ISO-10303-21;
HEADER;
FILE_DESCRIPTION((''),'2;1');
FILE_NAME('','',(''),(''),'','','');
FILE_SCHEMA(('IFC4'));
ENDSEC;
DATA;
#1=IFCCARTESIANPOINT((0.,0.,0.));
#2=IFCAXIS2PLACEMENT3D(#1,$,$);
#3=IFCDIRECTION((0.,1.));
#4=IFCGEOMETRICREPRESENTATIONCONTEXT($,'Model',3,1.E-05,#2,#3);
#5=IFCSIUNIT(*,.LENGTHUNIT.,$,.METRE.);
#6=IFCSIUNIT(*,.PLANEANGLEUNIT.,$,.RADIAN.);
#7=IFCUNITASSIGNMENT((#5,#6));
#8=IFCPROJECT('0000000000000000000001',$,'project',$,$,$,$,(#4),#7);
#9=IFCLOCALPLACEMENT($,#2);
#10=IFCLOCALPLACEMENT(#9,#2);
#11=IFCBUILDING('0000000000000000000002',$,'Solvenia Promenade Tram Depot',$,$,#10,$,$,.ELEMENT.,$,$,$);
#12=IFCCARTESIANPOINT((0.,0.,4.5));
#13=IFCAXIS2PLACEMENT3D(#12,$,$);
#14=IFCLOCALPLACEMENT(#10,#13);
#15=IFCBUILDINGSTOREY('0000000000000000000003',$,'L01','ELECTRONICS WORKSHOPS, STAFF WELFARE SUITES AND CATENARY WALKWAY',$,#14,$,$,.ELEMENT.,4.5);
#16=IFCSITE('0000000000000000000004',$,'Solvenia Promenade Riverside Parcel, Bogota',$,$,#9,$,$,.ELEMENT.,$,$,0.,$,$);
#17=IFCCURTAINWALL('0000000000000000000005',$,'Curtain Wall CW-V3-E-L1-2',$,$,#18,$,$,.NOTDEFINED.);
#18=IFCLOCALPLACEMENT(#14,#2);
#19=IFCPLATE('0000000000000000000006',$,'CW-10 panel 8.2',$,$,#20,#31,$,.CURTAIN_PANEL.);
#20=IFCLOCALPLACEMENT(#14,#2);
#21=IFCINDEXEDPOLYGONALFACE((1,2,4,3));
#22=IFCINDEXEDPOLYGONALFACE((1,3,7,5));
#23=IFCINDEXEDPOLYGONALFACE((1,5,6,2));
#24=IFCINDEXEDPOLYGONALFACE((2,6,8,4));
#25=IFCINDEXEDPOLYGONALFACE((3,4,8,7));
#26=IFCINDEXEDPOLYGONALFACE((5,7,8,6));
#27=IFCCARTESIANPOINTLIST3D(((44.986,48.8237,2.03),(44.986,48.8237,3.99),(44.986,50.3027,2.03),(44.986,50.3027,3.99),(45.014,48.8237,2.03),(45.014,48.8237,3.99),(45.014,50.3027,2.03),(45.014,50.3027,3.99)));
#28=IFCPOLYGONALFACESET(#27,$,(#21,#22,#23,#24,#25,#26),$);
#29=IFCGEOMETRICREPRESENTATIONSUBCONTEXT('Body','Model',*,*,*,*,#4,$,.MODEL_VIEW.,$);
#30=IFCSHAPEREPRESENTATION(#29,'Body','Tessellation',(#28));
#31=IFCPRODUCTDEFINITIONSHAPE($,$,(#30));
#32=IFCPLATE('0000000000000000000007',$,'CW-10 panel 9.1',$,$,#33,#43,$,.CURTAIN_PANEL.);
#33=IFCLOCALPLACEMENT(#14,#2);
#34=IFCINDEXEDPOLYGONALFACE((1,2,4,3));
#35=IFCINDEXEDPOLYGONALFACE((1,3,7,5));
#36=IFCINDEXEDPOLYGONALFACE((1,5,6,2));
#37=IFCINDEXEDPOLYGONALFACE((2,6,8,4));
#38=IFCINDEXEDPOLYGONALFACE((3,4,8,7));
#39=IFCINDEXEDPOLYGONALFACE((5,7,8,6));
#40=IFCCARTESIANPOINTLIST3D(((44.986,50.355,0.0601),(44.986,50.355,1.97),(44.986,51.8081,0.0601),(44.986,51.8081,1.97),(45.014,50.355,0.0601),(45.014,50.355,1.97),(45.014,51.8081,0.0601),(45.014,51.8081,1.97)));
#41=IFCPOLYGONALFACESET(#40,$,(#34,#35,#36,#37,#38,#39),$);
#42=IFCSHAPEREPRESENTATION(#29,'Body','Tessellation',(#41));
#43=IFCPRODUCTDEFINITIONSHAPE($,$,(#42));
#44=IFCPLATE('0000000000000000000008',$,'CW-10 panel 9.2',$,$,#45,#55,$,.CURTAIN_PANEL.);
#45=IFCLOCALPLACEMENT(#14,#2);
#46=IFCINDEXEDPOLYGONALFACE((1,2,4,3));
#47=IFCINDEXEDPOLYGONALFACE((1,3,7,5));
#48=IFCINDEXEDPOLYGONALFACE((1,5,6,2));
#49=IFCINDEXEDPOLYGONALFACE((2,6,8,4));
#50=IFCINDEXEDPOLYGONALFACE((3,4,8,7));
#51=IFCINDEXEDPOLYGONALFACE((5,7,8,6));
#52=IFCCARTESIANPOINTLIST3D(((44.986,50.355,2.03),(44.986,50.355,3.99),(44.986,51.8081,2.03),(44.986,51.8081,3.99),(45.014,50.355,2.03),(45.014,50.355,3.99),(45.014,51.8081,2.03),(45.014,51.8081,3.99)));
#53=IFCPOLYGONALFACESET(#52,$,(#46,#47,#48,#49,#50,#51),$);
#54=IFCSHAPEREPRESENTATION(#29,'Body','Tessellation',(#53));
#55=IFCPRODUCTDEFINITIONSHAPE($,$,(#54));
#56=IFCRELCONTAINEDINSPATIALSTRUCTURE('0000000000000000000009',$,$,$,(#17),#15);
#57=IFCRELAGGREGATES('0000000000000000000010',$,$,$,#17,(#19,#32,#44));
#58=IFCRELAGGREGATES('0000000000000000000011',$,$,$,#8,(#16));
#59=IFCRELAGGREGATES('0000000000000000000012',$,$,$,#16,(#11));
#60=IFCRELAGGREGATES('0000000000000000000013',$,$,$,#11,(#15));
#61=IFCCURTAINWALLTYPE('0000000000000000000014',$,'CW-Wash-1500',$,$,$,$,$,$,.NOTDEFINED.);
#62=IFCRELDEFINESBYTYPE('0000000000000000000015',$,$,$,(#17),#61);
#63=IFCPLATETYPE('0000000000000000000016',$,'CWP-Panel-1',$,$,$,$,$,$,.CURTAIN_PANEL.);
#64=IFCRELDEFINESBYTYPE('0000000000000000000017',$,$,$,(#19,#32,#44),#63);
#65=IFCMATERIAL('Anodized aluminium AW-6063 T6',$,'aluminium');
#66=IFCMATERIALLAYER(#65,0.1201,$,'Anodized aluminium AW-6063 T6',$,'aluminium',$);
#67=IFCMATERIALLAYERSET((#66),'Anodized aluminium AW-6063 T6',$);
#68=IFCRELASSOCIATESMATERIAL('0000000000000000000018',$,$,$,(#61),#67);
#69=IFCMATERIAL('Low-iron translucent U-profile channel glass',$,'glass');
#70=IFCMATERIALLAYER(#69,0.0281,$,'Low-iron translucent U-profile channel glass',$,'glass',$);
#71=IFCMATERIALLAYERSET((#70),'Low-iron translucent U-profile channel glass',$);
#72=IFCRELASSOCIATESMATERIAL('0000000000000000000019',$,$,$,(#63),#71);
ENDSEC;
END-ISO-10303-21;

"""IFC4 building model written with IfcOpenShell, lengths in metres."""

from ifc_helpers import new_model, si_unit, direction, frame, origin, origin_2d, place, context, subcontext, project, spatial, rectangle, extrude, material, layer, layer_set, type_object, element, aggregate, save


model = new_model("IFC4")

# Units and contexts
model_context = context("Model", 3, precision=1e-05, world=origin(), true_north=direction((0.0, 1.0)))
body_context = subcontext(model_context, "Body", "Model", "MODEL_VIEW")
ifc_project = project(units=[si_unit("LENGTHUNIT", "METRE"), si_unit("PLANEANGLEUNIT", "RADIAN")], contexts=[model_context])

# Site, building, storey
site_placement = place(None, origin())
site = spatial("IfcSite", under=ifc_project, at=site_placement, Name="Solvenia Promenade Riverside Parcel, Bogota", CompositionType="ELEMENT", RefElevation=0.0)
building_placement = place(site_placement, origin())
building = spatial("IfcBuilding", under=site, at=building_placement, Name="Solvenia Promenade Tram Depot", CompositionType="ELEMENT")
storey_placement = place(building_placement, frame((0.0, 0.0, 4.5)))
storey = spatial("IfcBuildingStorey", under=building, at=storey_placement, Name="L01", Description="ELECTRONICS WORKSHOPS, STAFF WELFARE SUITES AND CATENARY WALKWAY", CompositionType="ELEMENT", Elevation=4.5)

# Curtain wall
ifc_material_1 = material(Name="Anodized aluminium AW-6063 T6", Category="aluminium")
ifc_layer_1 = layer(ifc_material_1, 0.1201, Name="Anodized aluminium AW-6063 T6", Category="aluminium")
ifc_layer_set_1 = layer_set([ifc_layer_1], Name="Anodized aluminium AW-6063 T6")
curtain_wall_type = type_object("IfcCurtainWallType", Name="CW-Wash-1500", PredefinedType="NOTDEFINED", material=ifc_layer_set_1)
curtain_wall_placement = place(storey_placement, origin())
curtain_wall = element("IfcCurtainWall", 1, at=curtain_wall_placement, inside=storey, type_object=curtain_wall_type, Name="Curtain Wall CW-V3-E-L1-2", PredefinedType="NOTDEFINED")

# Plates
ifc_material_2 = material(Name="Low-iron translucent U-profile channel glass", Category="glass")
ifc_layer_2 = layer(ifc_material_2, 0.0281, Name="Low-iron translucent U-profile channel glass", Category="glass")
ifc_layer_set_2 = layer_set([ifc_layer_2], Name="Low-iron translucent U-profile channel glass")
plate_type = type_object("IfcPlateType", Name="CWP-Panel-1", PredefinedType="CURTAIN_PANEL", material=ifc_layer_set_2)
plate_1_placement = place(storey_placement, frame((45.0, 49.5632, 2.03), z_axis=(0.0, 0.0, 1.0), x_axis=(0.0, 1.0, 0.0)))
plate_1 = element("IfcPlate", 2, at=plate_1_placement, type_object=plate_type, Name="CW-10 panel 8.2", PredefinedType="CURTAIN_PANEL", context=body_context, shape_type="SweptSolid", body=[
    extrude(rectangle(XDim=1.479, YDim=0.0281, at=origin_2d()), origin(), (0.0, 0.0, 1.0), 1.96),
])
plate_2_placement = place(storey_placement, frame((45.0, 51.0815, 0.0601), z_axis=(0.0, 0.0, 1.0), x_axis=(0.0, 1.0, 0.0)))
plate_2 = element("IfcPlate", 3, at=plate_2_placement, type_object=plate_type, Name="CW-10 panel 9.1", PredefinedType="CURTAIN_PANEL", context=body_context, shape_type="SweptSolid", body=[
    extrude(rectangle(XDim=1.4531, YDim=0.0281, at=origin_2d()), origin(), (0.0, 0.0, 1.0), 1.9099),
])
plate_3_placement = place(storey_placement, frame((45.0, 51.0815, 2.03), z_axis=(0.0, 0.0, 1.0), x_axis=(0.0, 1.0, 0.0)))
plate_3 = element("IfcPlate", 4, at=plate_3_placement, type_object=plate_type, Name="CW-10 panel 9.2", PredefinedType="CURTAIN_PANEL", context=body_context, shape_type="SweptSolid", body=[
    extrude(rectangle(XDim=1.4531, YDim=0.0281, at=origin_2d()), origin(), (0.0, 0.0, 1.0), 1.96),
])
aggregate(curtain_wall, [plate_1, plate_2, plate_3])

save(model, "model.ifc")
